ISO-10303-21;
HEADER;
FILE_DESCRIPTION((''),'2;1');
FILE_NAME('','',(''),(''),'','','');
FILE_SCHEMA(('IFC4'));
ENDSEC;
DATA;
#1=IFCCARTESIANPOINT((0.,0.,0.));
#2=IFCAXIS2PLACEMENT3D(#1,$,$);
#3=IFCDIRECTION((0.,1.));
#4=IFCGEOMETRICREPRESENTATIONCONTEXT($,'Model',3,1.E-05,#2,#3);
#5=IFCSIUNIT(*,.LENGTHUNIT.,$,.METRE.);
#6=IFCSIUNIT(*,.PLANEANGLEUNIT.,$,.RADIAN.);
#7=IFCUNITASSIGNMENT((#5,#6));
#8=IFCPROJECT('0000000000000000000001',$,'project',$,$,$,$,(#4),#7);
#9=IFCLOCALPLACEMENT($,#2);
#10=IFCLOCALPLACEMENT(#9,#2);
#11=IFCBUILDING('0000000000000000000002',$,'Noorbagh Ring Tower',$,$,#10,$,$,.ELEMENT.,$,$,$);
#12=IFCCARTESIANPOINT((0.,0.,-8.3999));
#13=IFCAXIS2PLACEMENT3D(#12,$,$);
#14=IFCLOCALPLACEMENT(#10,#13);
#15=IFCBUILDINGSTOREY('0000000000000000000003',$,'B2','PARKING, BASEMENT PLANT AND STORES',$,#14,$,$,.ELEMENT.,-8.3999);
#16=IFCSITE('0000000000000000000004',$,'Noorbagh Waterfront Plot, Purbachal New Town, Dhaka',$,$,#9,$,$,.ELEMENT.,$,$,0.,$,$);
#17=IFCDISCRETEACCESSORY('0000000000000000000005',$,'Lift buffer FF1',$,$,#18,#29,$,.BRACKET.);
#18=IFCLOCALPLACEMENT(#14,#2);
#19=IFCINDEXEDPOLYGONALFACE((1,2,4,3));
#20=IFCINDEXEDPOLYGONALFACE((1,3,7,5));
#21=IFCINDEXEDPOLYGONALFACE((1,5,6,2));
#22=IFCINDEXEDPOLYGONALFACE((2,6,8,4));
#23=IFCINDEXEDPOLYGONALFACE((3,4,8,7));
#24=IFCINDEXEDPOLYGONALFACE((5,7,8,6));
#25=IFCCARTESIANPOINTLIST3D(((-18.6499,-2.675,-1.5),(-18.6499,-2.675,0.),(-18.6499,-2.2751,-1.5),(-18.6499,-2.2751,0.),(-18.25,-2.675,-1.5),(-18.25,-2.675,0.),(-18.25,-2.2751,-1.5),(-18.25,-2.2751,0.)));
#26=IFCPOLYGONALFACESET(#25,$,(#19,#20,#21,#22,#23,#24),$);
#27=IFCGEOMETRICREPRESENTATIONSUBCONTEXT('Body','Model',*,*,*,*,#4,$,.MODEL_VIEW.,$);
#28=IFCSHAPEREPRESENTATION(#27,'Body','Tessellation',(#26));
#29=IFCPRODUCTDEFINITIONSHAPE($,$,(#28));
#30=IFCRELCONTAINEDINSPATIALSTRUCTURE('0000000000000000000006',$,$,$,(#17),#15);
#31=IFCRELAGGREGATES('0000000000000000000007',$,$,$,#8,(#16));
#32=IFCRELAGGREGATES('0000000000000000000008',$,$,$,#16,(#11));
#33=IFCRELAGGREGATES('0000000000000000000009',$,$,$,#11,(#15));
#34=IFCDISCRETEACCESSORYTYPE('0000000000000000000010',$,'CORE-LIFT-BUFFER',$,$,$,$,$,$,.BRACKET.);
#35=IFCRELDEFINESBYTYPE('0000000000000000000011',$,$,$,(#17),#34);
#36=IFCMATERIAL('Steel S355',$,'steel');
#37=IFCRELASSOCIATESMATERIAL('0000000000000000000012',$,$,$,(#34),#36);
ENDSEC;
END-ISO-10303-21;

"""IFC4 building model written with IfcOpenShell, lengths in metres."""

from ifc_helpers import new_model, si_unit, direction, frame, origin, origin_2d, place, context, subcontext, project, spatial, rectangle, extrude, material, type_object, element, save


model = new_model("IFC4")

# Units and contexts
model_context = context("Model", 3, precision=1e-05, world=origin(), true_north=direction((0.0, 1.0)))
body_context = subcontext(model_context, "Body", "Model", "MODEL_VIEW")
ifc_project = project(units=[si_unit("LENGTHUNIT", "METRE"), si_unit("PLANEANGLEUNIT", "RADIAN")], contexts=[model_context])

# Site, building, storey
site_placement = place(None, origin())
site = spatial("IfcSite", under=ifc_project, at=site_placement, Name="Noorbagh Waterfront Plot, Purbachal New Town, Dhaka", CompositionType="ELEMENT", RefElevation=0.0)
building_placement = place(site_placement, origin())
building = spatial("IfcBuilding", under=site, at=building_placement, Name="Noorbagh Ring Tower", CompositionType="ELEMENT")
storey_placement = place(building_placement, frame((0.0, 0.0, -8.3999)))
storey = spatial("IfcBuildingStorey", under=building, at=storey_placement, Name="B2", Description="PARKING, BASEMENT PLANT AND STORES", CompositionType="ELEMENT", Elevation=-8.3999)

# Discrete accessory
ifc_material_1 = material(Name="Steel S355", Category="steel")
discrete_accessory_type = type_object("IfcDiscreteAccessoryType", Name="CORE-LIFT-BUFFER", PredefinedType="BRACKET", material=ifc_material_1)
for number, where, z_axis, x_axis, name in (
    (1, (-18.45, -2.4751, -1.5), (0.0, 0.0, 1.0), (1.0, 0.0, 0.0), "Lift buffer FF1"),
):
    element("IfcDiscreteAccessory", number, at=place(storey_placement, frame(where, z_axis=z_axis, x_axis=x_axis)), inside=storey, type_object=discrete_accessory_type, Name=name, PredefinedType="BRACKET", context=body_context, shape_type="SweptSolid", body=[
        extrude(rectangle(XDim=0.3999, YDim=0.3999, at=origin_2d()), origin(), (0.0, 0.0, 1.0), 1.5),
    ])

save(model, "model.ifc")
